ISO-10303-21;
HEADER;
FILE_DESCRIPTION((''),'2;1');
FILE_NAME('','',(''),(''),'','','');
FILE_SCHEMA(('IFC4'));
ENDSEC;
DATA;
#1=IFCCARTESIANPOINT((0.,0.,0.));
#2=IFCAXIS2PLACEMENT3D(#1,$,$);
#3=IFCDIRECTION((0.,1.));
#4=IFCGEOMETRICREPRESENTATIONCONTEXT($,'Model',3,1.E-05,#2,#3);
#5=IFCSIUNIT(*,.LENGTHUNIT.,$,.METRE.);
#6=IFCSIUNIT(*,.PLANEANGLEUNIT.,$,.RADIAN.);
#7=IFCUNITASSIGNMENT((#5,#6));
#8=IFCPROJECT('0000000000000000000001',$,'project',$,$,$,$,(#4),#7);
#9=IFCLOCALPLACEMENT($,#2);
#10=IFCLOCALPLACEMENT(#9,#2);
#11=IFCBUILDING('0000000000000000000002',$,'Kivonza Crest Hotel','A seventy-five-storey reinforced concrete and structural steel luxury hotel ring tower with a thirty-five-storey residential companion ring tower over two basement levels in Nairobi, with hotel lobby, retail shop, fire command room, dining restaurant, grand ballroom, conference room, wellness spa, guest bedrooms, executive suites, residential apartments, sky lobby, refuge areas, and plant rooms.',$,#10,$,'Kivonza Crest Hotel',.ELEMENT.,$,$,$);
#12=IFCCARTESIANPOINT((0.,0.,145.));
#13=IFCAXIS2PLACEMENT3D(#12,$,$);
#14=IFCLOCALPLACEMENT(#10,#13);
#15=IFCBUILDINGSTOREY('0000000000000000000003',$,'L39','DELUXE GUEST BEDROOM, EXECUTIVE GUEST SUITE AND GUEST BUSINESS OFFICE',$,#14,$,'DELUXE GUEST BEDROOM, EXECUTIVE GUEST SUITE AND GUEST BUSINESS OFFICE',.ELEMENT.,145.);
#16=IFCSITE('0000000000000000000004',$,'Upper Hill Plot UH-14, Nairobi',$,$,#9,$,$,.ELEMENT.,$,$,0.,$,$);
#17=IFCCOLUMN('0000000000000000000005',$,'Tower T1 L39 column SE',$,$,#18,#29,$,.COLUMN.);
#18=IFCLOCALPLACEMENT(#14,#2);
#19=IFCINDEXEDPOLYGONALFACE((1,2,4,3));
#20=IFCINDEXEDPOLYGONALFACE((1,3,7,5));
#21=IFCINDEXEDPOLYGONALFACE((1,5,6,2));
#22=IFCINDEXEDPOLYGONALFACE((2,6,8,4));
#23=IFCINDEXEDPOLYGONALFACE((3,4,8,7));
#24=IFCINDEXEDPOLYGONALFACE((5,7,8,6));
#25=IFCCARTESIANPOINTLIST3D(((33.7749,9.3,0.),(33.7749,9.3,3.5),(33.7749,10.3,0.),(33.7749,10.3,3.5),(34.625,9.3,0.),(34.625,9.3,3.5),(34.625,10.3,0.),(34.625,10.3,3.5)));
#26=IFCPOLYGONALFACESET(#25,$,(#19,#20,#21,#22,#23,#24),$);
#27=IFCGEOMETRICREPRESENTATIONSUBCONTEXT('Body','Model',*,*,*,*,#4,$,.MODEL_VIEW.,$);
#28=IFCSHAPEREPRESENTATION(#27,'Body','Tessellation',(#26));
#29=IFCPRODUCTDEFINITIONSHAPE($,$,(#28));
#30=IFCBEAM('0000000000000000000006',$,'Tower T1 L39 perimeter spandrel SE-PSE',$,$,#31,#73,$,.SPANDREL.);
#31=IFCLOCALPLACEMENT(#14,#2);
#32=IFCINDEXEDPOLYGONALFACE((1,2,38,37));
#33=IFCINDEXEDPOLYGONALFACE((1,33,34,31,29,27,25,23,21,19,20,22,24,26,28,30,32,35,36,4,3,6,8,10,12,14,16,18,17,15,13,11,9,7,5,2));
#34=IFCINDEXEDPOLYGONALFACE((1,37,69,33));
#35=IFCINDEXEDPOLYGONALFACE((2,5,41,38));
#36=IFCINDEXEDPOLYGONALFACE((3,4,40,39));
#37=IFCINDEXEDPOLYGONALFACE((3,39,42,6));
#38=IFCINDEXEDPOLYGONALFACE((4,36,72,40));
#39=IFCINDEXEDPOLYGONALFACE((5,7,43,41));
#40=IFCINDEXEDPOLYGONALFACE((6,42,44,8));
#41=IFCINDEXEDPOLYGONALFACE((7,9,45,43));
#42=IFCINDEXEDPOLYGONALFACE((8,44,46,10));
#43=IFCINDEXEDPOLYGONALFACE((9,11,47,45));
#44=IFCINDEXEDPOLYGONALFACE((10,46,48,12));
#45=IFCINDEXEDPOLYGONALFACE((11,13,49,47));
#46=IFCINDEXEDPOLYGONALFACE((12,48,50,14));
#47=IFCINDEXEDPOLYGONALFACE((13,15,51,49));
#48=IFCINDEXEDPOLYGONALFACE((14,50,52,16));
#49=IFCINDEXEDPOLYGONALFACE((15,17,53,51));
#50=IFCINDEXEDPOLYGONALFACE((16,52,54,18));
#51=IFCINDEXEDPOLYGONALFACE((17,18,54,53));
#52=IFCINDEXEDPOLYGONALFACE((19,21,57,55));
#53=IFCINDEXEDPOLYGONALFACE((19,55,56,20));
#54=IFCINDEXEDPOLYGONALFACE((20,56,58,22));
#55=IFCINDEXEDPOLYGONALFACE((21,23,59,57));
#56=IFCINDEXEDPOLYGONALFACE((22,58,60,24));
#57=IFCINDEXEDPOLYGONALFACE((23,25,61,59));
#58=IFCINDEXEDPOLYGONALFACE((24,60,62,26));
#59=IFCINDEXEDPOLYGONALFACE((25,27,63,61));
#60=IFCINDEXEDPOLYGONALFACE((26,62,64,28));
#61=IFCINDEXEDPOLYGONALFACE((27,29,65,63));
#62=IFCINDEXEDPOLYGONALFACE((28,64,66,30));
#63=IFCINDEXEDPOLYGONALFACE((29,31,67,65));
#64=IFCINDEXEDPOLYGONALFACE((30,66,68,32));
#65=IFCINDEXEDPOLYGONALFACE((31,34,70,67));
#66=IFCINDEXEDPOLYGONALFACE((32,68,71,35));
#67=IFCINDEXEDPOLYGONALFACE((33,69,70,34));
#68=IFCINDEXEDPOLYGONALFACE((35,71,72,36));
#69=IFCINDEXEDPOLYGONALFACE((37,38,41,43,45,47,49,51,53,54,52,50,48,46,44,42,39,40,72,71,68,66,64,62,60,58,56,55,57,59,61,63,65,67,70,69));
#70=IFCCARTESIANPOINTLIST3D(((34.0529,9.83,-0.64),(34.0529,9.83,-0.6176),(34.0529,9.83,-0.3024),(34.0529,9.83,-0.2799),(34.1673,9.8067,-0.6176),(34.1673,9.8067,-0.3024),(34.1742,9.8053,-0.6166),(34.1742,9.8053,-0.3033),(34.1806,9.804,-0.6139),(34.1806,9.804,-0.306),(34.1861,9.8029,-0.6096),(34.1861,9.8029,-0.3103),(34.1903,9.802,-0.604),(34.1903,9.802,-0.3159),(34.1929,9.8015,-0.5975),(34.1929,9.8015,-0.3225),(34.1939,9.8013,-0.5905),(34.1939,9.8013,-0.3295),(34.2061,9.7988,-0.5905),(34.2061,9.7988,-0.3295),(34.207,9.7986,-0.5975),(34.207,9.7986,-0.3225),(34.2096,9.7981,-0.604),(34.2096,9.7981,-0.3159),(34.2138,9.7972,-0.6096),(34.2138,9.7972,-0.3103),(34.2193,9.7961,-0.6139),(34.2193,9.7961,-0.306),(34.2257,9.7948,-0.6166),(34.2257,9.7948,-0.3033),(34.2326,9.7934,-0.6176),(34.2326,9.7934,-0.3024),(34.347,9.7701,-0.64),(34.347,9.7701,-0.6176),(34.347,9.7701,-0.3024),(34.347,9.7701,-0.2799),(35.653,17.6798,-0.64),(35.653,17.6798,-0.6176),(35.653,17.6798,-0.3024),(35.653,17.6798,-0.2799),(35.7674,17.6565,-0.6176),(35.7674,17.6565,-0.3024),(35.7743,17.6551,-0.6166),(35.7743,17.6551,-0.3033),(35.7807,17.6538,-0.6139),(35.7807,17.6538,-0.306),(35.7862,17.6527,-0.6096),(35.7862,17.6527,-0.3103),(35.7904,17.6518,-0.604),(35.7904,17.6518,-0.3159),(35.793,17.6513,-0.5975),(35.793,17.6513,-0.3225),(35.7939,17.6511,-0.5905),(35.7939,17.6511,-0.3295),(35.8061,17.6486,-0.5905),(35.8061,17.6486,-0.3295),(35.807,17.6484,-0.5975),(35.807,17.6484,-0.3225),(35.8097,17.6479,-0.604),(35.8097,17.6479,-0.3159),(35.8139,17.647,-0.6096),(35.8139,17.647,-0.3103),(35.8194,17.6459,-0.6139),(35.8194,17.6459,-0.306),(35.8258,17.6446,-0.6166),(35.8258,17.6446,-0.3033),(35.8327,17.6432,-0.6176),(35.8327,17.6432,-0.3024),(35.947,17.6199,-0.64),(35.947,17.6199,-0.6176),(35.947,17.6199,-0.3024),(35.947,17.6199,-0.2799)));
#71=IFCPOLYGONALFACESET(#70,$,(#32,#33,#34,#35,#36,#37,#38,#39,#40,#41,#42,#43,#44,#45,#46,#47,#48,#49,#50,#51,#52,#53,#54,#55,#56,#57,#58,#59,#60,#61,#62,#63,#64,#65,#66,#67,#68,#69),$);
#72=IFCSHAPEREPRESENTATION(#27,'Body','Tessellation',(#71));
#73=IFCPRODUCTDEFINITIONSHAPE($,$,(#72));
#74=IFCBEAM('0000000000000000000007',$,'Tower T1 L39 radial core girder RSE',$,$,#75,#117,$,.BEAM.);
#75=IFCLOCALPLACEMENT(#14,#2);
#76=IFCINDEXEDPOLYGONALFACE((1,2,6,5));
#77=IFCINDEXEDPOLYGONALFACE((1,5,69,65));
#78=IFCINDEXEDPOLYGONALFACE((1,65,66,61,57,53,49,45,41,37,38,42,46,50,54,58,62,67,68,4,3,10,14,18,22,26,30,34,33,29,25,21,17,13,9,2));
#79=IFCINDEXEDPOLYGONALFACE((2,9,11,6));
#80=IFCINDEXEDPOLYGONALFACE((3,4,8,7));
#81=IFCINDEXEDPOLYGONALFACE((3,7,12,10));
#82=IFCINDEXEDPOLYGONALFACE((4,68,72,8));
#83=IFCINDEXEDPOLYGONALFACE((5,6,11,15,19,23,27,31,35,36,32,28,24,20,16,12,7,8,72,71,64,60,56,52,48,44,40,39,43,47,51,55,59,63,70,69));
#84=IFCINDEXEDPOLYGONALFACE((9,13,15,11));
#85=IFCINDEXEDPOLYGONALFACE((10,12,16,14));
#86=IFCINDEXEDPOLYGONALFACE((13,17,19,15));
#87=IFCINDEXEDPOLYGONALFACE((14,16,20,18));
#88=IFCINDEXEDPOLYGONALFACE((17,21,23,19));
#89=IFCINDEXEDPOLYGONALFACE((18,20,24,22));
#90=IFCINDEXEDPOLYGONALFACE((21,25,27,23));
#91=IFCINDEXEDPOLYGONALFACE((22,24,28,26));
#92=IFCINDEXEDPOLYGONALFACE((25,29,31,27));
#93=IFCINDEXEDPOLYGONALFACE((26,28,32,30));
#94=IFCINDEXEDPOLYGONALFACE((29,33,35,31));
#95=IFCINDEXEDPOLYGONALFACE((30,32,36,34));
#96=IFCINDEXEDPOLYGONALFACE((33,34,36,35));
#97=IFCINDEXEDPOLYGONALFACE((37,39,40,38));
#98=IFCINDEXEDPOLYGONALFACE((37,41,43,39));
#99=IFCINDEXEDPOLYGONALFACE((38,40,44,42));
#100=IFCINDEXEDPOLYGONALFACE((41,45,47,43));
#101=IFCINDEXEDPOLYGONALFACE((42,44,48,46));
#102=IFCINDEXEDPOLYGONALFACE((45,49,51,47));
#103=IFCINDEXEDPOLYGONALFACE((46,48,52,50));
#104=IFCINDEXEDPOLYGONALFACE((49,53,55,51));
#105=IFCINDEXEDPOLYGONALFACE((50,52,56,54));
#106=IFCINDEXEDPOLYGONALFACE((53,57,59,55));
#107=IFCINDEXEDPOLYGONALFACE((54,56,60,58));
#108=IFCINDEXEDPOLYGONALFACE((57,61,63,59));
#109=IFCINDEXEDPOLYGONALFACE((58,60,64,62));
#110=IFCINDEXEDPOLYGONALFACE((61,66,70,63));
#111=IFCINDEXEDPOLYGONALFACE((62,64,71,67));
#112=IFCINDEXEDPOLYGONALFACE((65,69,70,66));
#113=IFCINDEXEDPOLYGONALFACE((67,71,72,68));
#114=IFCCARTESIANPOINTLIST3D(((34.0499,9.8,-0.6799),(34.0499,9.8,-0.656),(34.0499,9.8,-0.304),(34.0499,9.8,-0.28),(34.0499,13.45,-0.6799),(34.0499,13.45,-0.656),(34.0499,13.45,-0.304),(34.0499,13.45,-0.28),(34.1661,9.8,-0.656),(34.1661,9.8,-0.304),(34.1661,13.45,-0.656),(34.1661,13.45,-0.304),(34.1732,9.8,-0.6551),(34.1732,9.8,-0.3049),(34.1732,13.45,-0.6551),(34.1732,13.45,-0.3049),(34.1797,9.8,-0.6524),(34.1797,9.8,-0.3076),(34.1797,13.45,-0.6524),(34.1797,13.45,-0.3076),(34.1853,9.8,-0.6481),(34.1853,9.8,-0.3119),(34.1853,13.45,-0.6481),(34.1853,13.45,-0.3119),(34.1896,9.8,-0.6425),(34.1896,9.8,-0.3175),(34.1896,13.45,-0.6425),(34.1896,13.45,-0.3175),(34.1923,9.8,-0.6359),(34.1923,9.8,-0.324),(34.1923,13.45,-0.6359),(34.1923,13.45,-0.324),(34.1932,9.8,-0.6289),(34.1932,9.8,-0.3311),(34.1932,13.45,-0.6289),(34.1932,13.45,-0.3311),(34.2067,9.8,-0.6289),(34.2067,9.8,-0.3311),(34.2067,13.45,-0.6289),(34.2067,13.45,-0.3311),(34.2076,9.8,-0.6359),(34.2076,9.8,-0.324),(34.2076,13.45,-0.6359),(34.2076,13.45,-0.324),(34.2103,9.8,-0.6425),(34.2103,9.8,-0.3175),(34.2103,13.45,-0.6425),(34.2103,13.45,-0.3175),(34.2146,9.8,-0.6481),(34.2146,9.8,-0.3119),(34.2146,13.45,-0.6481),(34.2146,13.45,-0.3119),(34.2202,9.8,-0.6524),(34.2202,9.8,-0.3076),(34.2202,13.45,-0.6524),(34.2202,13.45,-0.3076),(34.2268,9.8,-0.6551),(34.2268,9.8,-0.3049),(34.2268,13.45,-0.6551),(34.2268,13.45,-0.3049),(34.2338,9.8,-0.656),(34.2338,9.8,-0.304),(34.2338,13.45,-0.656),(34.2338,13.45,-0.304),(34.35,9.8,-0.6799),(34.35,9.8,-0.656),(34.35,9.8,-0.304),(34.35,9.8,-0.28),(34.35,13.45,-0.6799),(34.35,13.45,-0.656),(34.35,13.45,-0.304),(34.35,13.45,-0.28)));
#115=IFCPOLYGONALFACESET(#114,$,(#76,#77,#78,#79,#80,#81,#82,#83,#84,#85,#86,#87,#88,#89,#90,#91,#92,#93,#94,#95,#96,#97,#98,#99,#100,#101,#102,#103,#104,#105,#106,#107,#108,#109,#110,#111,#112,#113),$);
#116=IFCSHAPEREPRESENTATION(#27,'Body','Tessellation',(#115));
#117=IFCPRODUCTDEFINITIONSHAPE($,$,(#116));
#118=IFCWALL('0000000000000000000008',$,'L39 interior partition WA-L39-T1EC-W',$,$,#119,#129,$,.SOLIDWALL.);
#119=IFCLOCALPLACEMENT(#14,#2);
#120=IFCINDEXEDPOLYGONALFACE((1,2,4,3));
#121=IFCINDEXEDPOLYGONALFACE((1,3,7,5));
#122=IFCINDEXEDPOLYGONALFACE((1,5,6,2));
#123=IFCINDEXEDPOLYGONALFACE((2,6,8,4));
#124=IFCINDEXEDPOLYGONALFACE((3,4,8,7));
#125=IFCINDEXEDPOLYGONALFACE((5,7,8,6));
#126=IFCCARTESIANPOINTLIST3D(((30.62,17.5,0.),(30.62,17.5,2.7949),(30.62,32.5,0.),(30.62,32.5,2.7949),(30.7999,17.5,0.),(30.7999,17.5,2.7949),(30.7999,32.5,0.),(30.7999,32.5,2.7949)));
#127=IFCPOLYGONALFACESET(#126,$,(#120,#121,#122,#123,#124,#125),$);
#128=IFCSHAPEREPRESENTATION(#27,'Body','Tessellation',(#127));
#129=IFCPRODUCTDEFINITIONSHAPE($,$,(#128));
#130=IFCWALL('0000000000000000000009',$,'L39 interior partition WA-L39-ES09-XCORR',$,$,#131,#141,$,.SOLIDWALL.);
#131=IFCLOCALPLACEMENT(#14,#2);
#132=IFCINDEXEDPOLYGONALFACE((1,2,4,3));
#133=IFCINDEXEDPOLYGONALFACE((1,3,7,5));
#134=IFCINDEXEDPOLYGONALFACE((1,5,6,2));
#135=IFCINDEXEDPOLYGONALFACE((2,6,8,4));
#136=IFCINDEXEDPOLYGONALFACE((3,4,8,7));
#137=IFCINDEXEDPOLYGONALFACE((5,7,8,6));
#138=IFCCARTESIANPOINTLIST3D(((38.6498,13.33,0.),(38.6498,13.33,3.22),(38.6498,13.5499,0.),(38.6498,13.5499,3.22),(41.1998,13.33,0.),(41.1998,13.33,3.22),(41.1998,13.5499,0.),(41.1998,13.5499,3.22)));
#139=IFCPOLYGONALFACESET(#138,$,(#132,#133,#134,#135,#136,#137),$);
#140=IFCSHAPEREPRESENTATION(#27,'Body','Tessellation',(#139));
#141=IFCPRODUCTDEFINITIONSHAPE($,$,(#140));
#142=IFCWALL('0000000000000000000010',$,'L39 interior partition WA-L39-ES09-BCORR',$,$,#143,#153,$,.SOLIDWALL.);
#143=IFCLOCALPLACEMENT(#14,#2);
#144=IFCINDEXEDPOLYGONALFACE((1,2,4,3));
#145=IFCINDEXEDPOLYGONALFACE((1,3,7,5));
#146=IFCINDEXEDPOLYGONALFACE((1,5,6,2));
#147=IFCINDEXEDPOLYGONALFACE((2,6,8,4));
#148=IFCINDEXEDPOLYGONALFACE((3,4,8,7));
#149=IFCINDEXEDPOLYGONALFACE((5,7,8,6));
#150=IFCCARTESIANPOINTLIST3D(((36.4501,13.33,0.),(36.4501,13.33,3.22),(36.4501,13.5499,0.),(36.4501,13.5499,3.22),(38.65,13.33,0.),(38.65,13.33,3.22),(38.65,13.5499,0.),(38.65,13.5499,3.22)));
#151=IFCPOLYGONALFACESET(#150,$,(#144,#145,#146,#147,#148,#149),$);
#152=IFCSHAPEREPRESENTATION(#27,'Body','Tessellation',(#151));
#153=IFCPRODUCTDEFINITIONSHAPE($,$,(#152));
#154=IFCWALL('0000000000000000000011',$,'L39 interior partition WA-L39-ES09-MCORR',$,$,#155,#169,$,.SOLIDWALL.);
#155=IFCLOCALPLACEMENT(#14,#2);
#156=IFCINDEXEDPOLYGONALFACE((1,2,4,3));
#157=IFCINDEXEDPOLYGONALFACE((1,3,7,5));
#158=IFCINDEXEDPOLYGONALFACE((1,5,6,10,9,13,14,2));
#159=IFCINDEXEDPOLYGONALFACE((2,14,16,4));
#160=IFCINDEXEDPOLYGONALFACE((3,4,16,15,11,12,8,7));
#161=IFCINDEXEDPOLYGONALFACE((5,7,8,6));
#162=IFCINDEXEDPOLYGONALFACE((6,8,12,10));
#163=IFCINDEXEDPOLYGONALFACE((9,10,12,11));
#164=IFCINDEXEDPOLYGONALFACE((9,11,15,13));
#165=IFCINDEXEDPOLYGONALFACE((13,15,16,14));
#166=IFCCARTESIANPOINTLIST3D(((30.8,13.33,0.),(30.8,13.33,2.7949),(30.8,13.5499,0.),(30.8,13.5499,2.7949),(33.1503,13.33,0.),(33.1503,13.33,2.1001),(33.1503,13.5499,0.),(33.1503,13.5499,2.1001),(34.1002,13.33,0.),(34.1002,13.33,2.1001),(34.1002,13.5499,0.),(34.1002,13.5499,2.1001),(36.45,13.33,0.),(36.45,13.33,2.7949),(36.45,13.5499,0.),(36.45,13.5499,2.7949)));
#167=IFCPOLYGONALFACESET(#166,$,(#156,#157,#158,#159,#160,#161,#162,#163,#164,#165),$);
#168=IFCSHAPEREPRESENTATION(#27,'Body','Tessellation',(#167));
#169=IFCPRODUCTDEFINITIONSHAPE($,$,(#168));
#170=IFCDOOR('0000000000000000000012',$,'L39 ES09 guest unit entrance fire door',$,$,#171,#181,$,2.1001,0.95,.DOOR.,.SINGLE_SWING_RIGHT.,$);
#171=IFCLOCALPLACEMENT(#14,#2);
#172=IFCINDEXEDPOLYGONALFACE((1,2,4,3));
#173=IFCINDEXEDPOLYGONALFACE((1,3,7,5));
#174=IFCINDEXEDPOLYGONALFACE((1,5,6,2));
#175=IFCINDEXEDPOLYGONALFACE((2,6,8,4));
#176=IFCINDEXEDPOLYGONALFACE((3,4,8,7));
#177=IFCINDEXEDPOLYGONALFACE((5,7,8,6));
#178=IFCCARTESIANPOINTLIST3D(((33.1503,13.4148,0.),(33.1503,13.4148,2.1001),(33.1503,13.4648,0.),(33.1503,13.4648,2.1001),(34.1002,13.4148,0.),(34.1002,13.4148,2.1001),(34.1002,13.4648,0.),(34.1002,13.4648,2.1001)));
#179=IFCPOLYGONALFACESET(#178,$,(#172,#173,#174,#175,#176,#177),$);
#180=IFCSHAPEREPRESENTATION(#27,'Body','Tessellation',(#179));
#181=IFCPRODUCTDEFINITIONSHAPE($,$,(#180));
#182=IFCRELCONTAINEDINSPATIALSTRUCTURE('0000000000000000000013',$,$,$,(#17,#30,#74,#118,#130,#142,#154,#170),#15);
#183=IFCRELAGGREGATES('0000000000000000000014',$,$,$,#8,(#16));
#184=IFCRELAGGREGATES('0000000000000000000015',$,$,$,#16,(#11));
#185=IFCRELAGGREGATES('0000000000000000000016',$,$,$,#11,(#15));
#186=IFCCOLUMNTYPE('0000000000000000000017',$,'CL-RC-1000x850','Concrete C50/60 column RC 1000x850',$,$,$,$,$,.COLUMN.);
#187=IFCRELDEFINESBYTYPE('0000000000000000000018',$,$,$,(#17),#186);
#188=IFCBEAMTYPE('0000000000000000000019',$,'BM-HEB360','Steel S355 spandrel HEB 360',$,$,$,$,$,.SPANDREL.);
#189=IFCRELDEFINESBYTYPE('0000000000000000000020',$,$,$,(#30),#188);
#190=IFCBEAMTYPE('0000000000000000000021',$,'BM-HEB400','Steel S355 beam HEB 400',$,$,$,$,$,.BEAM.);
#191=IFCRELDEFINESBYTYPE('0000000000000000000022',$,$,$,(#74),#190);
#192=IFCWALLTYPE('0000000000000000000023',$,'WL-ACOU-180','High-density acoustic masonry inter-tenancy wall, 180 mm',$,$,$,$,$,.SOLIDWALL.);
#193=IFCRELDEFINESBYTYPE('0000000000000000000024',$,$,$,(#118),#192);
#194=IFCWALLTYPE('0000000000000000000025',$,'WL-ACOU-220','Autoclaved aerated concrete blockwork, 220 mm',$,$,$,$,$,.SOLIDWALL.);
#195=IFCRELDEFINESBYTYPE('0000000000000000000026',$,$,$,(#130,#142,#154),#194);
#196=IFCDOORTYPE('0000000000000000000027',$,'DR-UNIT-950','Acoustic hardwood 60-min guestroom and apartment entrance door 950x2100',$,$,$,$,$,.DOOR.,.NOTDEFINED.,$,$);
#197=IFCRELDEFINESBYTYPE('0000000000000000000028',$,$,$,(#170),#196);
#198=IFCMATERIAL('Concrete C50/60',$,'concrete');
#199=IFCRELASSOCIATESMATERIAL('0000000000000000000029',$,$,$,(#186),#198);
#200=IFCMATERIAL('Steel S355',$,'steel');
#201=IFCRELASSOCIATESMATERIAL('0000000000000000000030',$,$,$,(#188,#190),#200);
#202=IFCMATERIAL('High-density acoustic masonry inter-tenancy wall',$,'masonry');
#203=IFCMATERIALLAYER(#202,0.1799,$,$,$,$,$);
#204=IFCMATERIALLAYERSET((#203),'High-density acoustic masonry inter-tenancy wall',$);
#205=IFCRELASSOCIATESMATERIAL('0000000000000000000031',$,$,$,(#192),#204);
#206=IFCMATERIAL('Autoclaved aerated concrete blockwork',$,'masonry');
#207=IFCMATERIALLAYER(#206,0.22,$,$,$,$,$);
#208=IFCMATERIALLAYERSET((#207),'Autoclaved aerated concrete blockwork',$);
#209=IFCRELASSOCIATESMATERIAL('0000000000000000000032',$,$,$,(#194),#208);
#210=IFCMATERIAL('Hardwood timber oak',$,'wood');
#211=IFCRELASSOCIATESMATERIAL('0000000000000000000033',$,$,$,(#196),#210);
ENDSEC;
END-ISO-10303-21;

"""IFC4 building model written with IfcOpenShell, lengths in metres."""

from ifc_helpers import new_model, si_unit, direction, frame, frame_2d, origin, origin_2d, place, context, subcontext, project, spatial, rectangle, i_section, extrude, material, layer, layer_set, material_profile, profile_set, type_object, element, fill, save


model = new_model("IFC4")

# Units and contexts
model_context = context("Model", 3, precision=1e-05, world=origin(), true_north=direction((0.0, 1.0)))
body_context = subcontext(model_context, "Body", "Model", "MODEL_VIEW")
ifc_project = project(units=[si_unit("LENGTHUNIT", "METRE"), si_unit("PLANEANGLEUNIT", "RADIAN")], contexts=[model_context])

# Site, building, storey
site_placement = place(None, origin())
site = spatial("IfcSite", under=ifc_project, at=site_placement, Name="Upper Hill Plot UH-14, Nairobi", CompositionType="ELEMENT", RefElevation=0.0)
building_placement = place(site_placement, origin())
building = spatial("IfcBuilding", under=site, at=building_placement, Name="Kivonza Crest Hotel", Description="A seventy-five-storey reinforced concrete and structural steel luxury hotel ring tower with a thirty-five-storey residential companion ring tower over two basement levels in Nairobi, with hotel lobby, retail shop, fire command room, dining restaurant, grand ballroom, conference room, wellness spa, guest bedrooms, executive suites, residential apartments, sky lobby, refuge areas, and plant rooms.", LongName="Kivonza Crest Hotel", CompositionType="ELEMENT")
storey_placement = place(building_placement, frame((0.0, 0.0, 145.0)))
storey = spatial("IfcBuildingStorey", under=building, at=storey_placement, Name="L39", Description="DELUXE GUEST BEDROOM, EXECUTIVE GUEST SUITE AND GUEST BUSINESS OFFICE", LongName="DELUXE GUEST BEDROOM, EXECUTIVE GUEST SUITE AND GUEST BUSINESS OFFICE", CompositionType="ELEMENT", Elevation=145.0)

# Column
ifc_material_1 = material(Name="Concrete C50/60", Category="concrete")
ifc_material_profile_1 = material_profile(ifc_material_1, rectangle(XDim=0.8501, YDim=1.0, at=origin_2d()), Name="RC 1000x850")
ifc_profile_set_1 = profile_set([ifc_material_profile_1], Name="Concrete C50/60")
column_type = type_object("IfcColumnType", Name="CL-RC-1000x850", Description="Concrete C50/60 column RC 1000x850", PredefinedType="COLUMN", material=ifc_profile_set_1)
column_placement = place(storey_placement, frame((34.2, 9.8, 0.0), z_axis=(0.0, 0.0, 1.0), x_axis=(1.0, 0.0, 0.0)))
element("IfcColumn", 1, at=column_placement, inside=storey, type_object=column_type, Name="Tower T1 L39 column SE", PredefinedType="COLUMN", context=body_context, shape_type="SweptSolid", body=[
    extrude(rectangle(XDim=0.8501, YDim=1.0, at=origin_2d()), origin(), (0.0, 0.0, 1.0), 3.5),
])

# Beams
ifc_material_2 = material(Name="Steel S355", Category="steel")
ifc_material_profile_2 = material_profile(ifc_material_2, i_section(OverallWidth=0.3, OverallDepth=0.3601, WebThickness=0.0125, FlangeThickness=0.0225, FilletRadius=0.0271, at=origin_2d()), Name="HEB 360")
ifc_profile_set_2 = profile_set([ifc_material_profile_2], Name="Steel S355")
beam_type_1 = type_object("IfcBeamType", Name="BM-HEB360", Description="Steel S355 spandrel HEB 360", PredefinedType="SPANDREL", material=ifc_profile_set_2)
beam_1_placement = place(storey_placement, frame((34.2, 9.8, -0.46), z_axis=(0.199731, 0.979851, 0.0), x_axis=(-0.979851, 0.199731, 0.0)))
element("IfcBeam", 2, at=beam_1_placement, inside=storey, type_object=beam_type_1, Name="Tower T1 L39 perimeter spandrel SE-PSE", PredefinedType="SPANDREL", context=body_context, shape_type="SweptSolid", body=[
    extrude(i_section(OverallWidth=0.3, OverallDepth=0.3601, WebThickness=0.0125, FlangeThickness=0.0225, FilletRadius=0.0271, at=origin_2d()), origin(), (0.0, 0.0, 1.0), 8.0112),
])
ifc_material_profile_3 = material_profile(ifc_material_2, i_section(OverallWidth=0.3, OverallDepth=0.3999, WebThickness=0.0134, FlangeThickness=0.0239, FilletRadius=0.0271, at=origin_2d()), Name="HEB 400")
ifc_profile_set_3 = profile_set([ifc_material_profile_3], Name="Steel S355")
beam_type_2 = type_object("IfcBeamType", Name="BM-HEB400", Description="Steel S355 beam HEB 400", PredefinedType="BEAM", material=ifc_profile_set_3)
beam_2_placement = place(storey_placement, frame((34.2, 9.8, -0.48), z_axis=(0.0, 1.0, 0.0), x_axis=(-1.0, 0.0, 0.0)))
element("IfcBeam", 3, at=beam_2_placement, inside=storey, type_object=beam_type_2, Name="Tower T1 L39 radial core girder RSE", PredefinedType="BEAM", context=body_context, shape_type="SweptSolid", body=[
    extrude(i_section(OverallWidth=0.3, OverallDepth=0.3999, WebThickness=0.0134, FlangeThickness=0.0239, FilletRadius=0.0271, at=origin_2d()), origin(), (0.0, 0.0, 1.0), 3.6499),
])

# Walls
ifc_material_3 = material(Name="High-density acoustic masonry inter-tenancy wall", Category="masonry")
ifc_layer_1 = layer(ifc_material_3, 0.1799)
ifc_layer_set_1 = layer_set([ifc_layer_1], Name="High-density acoustic masonry inter-tenancy wall")
wall_type_1 = type_object("IfcWallType", Name="WL-ACOU-180", Description="High-density acoustic masonry inter-tenancy wall, 180 mm", PredefinedType="SOLIDWALL", material=ifc_layer_set_1)
wall_1_placement = place(storey_placement, frame((30.71, 17.5, 0.0), z_axis=(0.0, 0.0, 1.0), x_axis=(0.0, 1.0, 0.0)))
element("IfcWall", 4, at=wall_1_placement, inside=storey, type_object=wall_type_1, Name="L39 interior partition WA-L39-T1EC-W", PredefinedType="SOLIDWALL", context=body_context, shape_type="SweptSolid", body=[
    extrude(rectangle(XDim=15.0, YDim=0.1799, at=frame_2d((7.5, 0.0))), origin(), (0.0, 0.0, 1.0), 2.7949),
])
ifc_material_4 = material(Name="Autoclaved aerated concrete blockwork", Category="masonry")
ifc_layer_2 = layer(ifc_material_4, 0.22)
ifc_layer_set_2 = layer_set([ifc_layer_2], Name="Autoclaved aerated concrete blockwork")
wall_type_2 = type_object("IfcWallType", Name="WL-ACOU-220", Description="Autoclaved aerated concrete blockwork, 220 mm", PredefinedType="SOLIDWALL", material=ifc_layer_set_2)
wall_2_placement = place(storey_placement, frame((38.6499, 13.4399, 0.0), z_axis=(0.0, 0.0, 1.0), x_axis=(1.0, 0.0, 0.0)))
element("IfcWall", 5, at=wall_2_placement, inside=storey, type_object=wall_type_2, Name="L39 interior partition WA-L39-ES09-XCORR", PredefinedType="SOLIDWALL", context=body_context, shape_type="SweptSolid", body=[
    extrude(rectangle(XDim=2.55, YDim=0.22, at=frame_2d((1.2749, 0.0))), origin(), (0.0, 0.0, 1.0), 3.22),
])
wall_3_placement = place(storey_placement, frame((36.45, 13.4399, 0.0), z_axis=(0.0, 0.0, 1.0), x_axis=(1.0, 0.0, 0.0)))
element("IfcWall", 6, at=wall_3_placement, inside=storey, type_object=wall_type_2, Name="L39 interior partition WA-L39-ES09-BCORR", PredefinedType="SOLIDWALL", context=body_context, shape_type="SweptSolid", body=[
    extrude(rectangle(XDim=2.2, YDim=0.22, at=frame_2d((1.1001, 0.0))), origin(), (0.0, 0.0, 1.0), 3.22),
])

# Wall, opening, door
wall_4_placement = place(storey_placement, frame((30.8, 13.4399, 0.0), z_axis=(0.0, 0.0, 1.0), x_axis=(1.0, 0.0, 0.0)))
wall_4 = element("IfcWall", 7, at=wall_4_placement, inside=storey, type_object=wall_type_2, Name="L39 interior partition WA-L39-ES09-MCORR", PredefinedType="SOLIDWALL", context=body_context, shape_type="SweptSolid", body=[
    extrude(rectangle(XDim=5.6499, YDim=0.22, at=frame_2d((2.825, 0.0))), origin(), (0.0, 0.0, 1.0), 2.7949),
])
opening_1_placement = place(wall_4_placement, frame((2.3501, 0.0, 0.0)))
opening_1 = element("IfcOpeningElement", 8, at=opening_1_placement, cuts=wall_4, PredefinedType="OPENING", context=body_context, shape_type="SweptSolid", body=[
    extrude(rectangle(XDim=0.95, YDim=2.1001, at=frame_2d((0.4751, 1.05))), frame((0.0, 0.1201, 0.0), z_axis=(0.0, -1.0, 0.0), x_axis=(1.0, 0.0, 0.0)), (0.0, 0.0, 1.0), 0.24),
])
ifc_material_5 = material(Name="Hardwood timber oak", Category="wood")
door_type_1 = type_object("IfcDoorType", Name="DR-UNIT-950", Description="Acoustic hardwood 60-min guestroom and apartment entrance door 950x2100", OperationType="NOTDEFINED", PredefinedType="DOOR", material=ifc_material_5)
door_1_placement = place(opening_1_placement, origin())
door_1 = element("IfcDoor", 9, at=door_1_placement, inside=storey, type_object=door_type_1, Name="L39 ES09 guest unit entrance fire door", OperationType="SINGLE_SWING_RIGHT", OverallHeight=2.1001, OverallWidth=0.95, PredefinedType="DOOR", context=body_context, shape_type="SweptSolid", body=[
    extrude(rectangle(XDim=0.95, YDim=2.1001, at=frame_2d((0.4751, 1.05))), frame((0.0, 0.0249, 0.0), z_axis=(0.0, -1.0, 0.0), x_axis=(1.0, 0.0, 0.0)), (0.0, 0.0, 1.0), 0.05),
])
fill(opening_1, door_1)

save(model, "model.ifc")
